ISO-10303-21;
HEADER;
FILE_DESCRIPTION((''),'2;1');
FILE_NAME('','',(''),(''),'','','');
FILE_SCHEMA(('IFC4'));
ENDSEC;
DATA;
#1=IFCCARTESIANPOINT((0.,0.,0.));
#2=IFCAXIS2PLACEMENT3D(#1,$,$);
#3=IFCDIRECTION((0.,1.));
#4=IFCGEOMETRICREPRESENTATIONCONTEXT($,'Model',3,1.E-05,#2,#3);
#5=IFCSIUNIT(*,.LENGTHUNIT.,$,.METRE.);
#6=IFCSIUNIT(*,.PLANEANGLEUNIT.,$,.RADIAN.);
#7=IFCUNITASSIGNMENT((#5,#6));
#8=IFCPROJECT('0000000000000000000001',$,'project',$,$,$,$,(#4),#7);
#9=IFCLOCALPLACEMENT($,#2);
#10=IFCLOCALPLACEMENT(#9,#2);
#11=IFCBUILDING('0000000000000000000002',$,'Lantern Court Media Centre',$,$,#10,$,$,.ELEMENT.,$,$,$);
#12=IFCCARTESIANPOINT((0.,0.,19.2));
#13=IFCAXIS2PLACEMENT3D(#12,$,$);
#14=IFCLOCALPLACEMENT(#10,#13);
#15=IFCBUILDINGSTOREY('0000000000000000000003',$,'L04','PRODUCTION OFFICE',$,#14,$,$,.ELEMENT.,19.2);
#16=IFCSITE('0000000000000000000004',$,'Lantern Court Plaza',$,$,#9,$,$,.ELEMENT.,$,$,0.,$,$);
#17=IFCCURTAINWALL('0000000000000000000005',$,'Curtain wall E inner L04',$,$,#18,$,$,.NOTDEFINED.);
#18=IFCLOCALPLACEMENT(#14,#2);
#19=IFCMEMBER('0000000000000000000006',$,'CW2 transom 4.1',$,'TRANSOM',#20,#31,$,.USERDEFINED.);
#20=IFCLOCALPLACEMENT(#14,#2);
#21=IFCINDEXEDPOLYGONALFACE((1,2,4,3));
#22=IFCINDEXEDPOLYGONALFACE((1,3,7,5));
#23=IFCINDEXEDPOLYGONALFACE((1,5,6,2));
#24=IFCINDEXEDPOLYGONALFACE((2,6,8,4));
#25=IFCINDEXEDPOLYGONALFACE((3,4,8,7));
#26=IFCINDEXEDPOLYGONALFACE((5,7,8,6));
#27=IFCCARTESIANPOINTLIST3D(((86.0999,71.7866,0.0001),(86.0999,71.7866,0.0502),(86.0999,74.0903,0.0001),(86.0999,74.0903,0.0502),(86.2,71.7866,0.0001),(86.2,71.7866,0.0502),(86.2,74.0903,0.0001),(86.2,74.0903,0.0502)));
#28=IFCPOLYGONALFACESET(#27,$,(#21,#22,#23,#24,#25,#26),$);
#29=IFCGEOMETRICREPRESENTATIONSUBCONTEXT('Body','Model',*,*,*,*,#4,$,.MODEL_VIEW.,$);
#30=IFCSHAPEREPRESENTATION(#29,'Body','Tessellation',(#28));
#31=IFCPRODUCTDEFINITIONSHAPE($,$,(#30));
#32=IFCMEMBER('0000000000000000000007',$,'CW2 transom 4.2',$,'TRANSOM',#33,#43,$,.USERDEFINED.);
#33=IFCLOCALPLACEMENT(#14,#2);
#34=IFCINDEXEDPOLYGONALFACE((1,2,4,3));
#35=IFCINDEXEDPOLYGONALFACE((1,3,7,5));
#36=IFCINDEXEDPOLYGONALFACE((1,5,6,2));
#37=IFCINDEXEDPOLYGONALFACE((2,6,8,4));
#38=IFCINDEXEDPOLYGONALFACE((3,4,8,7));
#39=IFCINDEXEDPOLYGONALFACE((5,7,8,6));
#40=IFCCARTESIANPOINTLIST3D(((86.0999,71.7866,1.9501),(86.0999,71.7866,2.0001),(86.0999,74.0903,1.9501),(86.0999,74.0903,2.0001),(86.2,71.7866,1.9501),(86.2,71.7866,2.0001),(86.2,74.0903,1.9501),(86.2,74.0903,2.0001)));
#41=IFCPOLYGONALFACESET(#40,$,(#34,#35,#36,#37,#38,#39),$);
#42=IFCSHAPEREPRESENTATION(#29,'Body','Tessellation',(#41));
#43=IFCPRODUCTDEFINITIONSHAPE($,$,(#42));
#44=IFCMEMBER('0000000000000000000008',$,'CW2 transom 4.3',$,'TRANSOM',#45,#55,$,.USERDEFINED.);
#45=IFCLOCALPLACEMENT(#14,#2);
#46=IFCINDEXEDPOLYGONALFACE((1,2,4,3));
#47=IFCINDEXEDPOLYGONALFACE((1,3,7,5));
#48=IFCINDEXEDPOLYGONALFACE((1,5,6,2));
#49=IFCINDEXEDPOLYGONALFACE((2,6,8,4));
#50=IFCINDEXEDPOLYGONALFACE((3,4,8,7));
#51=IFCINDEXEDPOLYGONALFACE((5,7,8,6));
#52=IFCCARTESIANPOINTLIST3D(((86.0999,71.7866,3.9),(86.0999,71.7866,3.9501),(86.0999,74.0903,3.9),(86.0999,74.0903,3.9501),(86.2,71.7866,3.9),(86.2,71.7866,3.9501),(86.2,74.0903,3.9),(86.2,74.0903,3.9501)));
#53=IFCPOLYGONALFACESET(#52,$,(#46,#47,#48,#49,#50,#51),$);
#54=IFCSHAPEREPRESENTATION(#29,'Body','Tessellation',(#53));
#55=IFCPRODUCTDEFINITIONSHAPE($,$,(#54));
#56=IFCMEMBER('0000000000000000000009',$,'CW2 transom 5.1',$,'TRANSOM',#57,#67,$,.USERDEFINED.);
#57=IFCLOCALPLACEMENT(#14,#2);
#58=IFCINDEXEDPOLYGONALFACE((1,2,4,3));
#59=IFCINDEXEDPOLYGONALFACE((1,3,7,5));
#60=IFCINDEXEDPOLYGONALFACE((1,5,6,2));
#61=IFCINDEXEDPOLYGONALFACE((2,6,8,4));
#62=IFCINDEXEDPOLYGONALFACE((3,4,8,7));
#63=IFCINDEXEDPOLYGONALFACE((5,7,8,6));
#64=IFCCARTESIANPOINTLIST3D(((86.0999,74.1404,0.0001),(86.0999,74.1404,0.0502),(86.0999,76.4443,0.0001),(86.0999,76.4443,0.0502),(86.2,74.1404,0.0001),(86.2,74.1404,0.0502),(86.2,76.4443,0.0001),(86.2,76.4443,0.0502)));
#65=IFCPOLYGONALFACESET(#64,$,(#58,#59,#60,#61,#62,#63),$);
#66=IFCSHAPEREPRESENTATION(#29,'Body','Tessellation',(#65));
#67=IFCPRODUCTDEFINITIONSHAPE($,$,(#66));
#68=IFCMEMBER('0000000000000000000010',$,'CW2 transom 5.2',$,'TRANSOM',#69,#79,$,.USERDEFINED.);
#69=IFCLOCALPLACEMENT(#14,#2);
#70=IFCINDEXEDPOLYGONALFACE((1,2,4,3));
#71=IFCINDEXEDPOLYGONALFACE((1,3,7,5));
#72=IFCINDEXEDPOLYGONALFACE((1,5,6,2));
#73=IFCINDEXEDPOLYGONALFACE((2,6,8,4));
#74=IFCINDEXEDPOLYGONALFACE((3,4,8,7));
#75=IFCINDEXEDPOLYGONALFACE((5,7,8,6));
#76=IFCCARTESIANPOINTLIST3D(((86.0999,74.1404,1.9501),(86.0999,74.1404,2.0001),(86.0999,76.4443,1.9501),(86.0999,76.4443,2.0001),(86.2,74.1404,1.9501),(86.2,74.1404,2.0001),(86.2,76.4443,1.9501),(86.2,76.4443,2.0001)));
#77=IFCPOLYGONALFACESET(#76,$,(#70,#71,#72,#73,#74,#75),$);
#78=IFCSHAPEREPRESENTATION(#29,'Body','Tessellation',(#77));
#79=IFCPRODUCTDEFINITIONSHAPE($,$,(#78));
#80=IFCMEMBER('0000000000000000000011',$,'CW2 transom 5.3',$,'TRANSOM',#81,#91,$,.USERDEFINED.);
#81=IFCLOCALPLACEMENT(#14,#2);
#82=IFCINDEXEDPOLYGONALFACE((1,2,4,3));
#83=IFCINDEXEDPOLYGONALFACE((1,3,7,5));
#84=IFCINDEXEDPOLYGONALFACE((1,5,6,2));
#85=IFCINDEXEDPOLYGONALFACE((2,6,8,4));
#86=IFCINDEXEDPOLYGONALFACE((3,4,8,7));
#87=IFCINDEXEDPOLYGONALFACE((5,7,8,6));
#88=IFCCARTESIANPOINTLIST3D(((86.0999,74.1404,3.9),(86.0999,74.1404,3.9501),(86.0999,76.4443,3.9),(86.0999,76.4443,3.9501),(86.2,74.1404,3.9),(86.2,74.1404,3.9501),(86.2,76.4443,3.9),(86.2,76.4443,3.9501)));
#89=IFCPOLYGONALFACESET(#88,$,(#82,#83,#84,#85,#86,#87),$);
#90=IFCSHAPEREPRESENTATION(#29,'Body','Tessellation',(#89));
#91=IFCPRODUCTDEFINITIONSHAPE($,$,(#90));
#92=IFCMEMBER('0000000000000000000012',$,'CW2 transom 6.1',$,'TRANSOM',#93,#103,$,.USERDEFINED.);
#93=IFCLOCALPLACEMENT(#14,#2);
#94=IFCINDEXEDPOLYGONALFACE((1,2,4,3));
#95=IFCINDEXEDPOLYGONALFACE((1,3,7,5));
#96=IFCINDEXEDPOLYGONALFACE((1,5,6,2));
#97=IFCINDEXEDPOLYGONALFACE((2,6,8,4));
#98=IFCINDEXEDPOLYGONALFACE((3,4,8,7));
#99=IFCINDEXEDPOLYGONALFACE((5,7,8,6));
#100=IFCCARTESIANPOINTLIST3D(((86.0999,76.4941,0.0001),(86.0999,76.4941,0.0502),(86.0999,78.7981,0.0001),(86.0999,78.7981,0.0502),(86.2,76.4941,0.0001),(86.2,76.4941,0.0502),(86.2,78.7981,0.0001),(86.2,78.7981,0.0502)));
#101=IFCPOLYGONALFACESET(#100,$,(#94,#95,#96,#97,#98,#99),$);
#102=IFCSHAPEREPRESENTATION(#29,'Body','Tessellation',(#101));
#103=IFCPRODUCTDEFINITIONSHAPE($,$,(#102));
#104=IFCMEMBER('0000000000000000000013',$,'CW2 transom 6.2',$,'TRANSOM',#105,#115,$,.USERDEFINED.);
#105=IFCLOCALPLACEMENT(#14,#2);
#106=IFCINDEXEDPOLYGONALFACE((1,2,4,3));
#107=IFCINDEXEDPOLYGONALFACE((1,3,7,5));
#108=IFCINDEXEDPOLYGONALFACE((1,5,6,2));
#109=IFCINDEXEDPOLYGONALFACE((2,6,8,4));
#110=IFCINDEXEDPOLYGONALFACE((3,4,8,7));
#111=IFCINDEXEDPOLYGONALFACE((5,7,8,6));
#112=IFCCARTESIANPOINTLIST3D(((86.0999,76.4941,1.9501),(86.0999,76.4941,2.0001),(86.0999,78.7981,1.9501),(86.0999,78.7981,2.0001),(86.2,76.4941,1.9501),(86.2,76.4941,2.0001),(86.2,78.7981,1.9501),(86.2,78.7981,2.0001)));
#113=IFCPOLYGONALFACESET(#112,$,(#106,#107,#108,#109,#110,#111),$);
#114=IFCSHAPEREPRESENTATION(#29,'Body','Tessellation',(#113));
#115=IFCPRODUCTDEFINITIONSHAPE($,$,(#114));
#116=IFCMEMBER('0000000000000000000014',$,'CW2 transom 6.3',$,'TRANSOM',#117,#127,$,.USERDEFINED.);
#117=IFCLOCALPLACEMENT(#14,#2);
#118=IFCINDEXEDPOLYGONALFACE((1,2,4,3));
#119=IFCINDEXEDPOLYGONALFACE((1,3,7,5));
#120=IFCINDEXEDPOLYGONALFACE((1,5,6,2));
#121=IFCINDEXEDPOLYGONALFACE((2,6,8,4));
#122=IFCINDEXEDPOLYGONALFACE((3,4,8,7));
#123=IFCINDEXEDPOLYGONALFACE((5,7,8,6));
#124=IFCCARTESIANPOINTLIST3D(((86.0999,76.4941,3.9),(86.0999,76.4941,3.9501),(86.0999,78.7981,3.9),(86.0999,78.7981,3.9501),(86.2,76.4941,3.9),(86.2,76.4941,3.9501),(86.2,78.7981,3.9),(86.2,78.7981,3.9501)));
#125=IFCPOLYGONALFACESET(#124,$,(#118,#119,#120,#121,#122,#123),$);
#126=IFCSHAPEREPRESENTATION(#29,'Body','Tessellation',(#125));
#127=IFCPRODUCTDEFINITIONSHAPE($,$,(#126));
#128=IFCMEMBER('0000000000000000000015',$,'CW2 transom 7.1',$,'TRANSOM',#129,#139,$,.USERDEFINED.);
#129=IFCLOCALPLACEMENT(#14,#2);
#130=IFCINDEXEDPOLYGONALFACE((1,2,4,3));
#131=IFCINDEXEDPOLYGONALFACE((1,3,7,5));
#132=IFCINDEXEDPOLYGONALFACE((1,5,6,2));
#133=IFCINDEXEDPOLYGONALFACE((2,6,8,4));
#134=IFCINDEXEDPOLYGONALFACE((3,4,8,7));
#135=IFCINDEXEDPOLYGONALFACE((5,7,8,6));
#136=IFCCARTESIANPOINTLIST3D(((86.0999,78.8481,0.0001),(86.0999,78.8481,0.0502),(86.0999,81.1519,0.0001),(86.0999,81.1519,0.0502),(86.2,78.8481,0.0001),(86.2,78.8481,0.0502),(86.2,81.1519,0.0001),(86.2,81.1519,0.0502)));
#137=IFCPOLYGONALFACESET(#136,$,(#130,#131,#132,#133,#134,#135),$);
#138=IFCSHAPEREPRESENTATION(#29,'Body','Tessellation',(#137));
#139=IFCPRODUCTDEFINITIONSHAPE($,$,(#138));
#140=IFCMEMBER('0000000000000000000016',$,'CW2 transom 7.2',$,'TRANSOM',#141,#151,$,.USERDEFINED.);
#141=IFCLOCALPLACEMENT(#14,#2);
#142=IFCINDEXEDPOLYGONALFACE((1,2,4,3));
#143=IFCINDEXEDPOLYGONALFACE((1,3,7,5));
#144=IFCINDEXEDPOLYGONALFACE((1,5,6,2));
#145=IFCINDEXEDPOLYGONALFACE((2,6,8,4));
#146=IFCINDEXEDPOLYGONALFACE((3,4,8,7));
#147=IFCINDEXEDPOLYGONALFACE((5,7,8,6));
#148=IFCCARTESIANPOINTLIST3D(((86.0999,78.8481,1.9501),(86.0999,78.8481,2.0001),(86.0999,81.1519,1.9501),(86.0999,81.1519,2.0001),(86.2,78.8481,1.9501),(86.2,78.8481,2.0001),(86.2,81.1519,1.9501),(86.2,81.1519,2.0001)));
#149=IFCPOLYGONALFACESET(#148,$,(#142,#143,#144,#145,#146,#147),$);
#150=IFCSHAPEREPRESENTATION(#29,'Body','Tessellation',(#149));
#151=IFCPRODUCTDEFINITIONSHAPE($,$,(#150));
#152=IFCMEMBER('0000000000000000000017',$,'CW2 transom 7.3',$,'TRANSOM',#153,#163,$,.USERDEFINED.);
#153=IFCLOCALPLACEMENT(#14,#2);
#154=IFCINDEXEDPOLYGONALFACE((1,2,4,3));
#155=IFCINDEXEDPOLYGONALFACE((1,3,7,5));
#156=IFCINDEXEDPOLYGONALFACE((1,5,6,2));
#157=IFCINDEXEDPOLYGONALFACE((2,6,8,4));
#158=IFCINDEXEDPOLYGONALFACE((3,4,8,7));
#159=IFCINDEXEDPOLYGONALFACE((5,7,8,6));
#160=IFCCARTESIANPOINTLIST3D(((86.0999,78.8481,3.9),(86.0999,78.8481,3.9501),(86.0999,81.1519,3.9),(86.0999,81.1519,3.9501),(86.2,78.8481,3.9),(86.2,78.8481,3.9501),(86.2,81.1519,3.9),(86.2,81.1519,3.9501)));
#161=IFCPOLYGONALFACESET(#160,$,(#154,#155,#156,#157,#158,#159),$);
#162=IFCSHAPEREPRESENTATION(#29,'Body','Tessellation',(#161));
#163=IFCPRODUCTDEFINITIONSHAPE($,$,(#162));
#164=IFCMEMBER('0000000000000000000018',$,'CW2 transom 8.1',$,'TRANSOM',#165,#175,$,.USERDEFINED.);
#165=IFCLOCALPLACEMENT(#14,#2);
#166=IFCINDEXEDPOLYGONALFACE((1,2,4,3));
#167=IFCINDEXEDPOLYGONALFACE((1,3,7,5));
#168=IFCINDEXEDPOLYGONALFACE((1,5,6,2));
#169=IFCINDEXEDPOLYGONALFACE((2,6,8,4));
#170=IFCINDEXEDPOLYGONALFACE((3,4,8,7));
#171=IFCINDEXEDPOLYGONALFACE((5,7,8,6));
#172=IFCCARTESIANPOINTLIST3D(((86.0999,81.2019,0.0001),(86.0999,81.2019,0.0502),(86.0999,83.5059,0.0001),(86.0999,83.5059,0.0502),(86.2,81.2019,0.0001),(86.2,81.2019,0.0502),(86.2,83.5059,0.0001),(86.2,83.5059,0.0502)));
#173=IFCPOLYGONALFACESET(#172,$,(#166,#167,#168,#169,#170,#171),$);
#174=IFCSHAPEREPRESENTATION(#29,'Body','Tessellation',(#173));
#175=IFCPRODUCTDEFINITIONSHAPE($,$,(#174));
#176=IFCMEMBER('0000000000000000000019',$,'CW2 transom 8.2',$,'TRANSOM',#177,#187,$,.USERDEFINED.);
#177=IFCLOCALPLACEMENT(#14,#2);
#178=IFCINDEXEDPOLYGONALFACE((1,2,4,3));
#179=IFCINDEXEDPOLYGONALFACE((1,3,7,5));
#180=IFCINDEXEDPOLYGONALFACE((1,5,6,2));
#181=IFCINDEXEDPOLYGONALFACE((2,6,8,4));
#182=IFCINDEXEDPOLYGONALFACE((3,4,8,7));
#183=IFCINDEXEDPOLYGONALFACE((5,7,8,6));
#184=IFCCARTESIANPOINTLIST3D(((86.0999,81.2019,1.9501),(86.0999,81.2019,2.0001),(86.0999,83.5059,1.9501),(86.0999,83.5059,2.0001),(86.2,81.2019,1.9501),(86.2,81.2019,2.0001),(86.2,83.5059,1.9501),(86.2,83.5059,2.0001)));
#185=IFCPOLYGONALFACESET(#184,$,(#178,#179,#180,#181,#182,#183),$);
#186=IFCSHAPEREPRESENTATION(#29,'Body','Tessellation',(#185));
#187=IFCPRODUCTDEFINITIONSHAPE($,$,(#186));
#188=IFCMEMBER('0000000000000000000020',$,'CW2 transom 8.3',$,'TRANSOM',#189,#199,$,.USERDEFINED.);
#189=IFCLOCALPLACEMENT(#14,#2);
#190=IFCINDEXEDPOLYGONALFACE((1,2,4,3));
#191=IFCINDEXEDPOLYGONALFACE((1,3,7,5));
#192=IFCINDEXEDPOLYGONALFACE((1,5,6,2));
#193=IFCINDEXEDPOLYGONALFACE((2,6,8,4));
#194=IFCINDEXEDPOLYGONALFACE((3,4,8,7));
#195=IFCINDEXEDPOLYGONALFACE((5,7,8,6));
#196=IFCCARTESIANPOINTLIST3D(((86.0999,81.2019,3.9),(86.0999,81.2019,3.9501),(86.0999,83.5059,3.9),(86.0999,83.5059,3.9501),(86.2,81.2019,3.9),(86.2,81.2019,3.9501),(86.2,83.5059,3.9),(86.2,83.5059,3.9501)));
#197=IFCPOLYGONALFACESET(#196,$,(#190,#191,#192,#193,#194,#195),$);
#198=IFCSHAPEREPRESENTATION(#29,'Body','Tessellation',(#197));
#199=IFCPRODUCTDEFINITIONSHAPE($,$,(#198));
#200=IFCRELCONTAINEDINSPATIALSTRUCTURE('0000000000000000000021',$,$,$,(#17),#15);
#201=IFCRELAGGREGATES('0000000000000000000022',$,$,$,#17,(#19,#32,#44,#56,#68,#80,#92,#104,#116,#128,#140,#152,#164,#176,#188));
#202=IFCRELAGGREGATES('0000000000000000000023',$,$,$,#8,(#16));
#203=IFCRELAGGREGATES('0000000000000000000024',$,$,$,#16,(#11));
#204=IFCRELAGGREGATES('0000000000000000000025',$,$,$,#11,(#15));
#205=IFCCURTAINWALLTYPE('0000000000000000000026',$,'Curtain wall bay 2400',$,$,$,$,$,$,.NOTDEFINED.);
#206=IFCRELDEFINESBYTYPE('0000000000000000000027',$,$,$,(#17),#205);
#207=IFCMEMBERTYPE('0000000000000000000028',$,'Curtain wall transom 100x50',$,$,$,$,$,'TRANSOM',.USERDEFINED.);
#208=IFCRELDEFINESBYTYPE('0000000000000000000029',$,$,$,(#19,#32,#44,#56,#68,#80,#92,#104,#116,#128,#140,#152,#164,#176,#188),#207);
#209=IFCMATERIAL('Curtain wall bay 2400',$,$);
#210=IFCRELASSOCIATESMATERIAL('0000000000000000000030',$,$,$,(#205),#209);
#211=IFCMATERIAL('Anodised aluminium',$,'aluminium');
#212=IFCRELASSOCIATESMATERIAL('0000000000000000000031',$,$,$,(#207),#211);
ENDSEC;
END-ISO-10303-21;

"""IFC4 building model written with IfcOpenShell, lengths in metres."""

from ifc_helpers import new_model, si_unit, direction, frame, origin, origin_2d, place, context, subcontext, project, spatial, rectangle, extrude, material, material_profile, profile_set, type_object, element, aggregate, save


model = new_model("IFC4")

# Units and contexts
model_context = context("Model", 3, precision=1e-05, world=origin(), true_north=direction((0.0, 1.0)))
body_context = subcontext(model_context, "Body", "Model", "MODEL_VIEW")
ifc_project = project(units=[si_unit("LENGTHUNIT", "METRE"), si_unit("PLANEANGLEUNIT", "RADIAN")], contexts=[model_context])

# Site, building, storey
site_placement = place(None, origin())
site = spatial("IfcSite", under=ifc_project, at=site_placement, Name="Lantern Court Plaza", CompositionType="ELEMENT", RefElevation=0.0)
building_placement = place(site_placement, origin())
building = spatial("IfcBuilding", under=site, at=building_placement, Name="Lantern Court Media Centre", CompositionType="ELEMENT")
storey_placement = place(building_placement, frame((0.0, 0.0, 19.2)))
storey = spatial("IfcBuildingStorey", under=building, at=storey_placement, Name="L04", Description="PRODUCTION OFFICE", CompositionType="ELEMENT", Elevation=19.2)

# Curtain wall, members
ifc_material_1 = material(Name="Curtain wall bay 2400")
curtain_wall_type = type_object("IfcCurtainWallType", Name="Curtain wall bay 2400", PredefinedType="NOTDEFINED", material=ifc_material_1)
curtain_wall_placement = place(storey_placement, origin())
curtain_wall = element("IfcCurtainWall", 1, at=curtain_wall_placement, inside=storey, type_object=curtain_wall_type, Name="Curtain wall E inner L04", PredefinedType="NOTDEFINED")
ifc_material_2 = material(Name="Anodised aluminium", Category="aluminium")
ifc_material_profile_1 = material_profile(ifc_material_2, rectangle(XDim=0.1001, YDim=0.05, at=origin_2d()), Name="AL 50x100")
ifc_profile_set_1 = profile_set([ifc_material_profile_1], Name="Anodised aluminium")
member_type = type_object("IfcMemberType", Name="Curtain wall transom 100x50", ElementType="TRANSOM", PredefinedType="USERDEFINED", material=ifc_profile_set_1)
member_1_placement = place(storey_placement, frame((86.1499, 71.7866, 0.0251), z_axis=(0.0, 1.0, 0.0), x_axis=(-1.0, 0.0, 0.0)))
member_1 = element("IfcMember", 2, at=member_1_placement, type_object=member_type, Name="CW2 transom 4.1", ObjectType="TRANSOM", PredefinedType="USERDEFINED", context=body_context, shape_type="SweptSolid", body=[
    extrude(rectangle(XDim=0.1001, YDim=0.05, at=origin_2d()), origin(), (0.0, 0.0, 1.0), 2.3037),
])
member_2_placement = place(storey_placement, frame((86.1499, 71.7866, 1.9751), z_axis=(0.0, 1.0, 0.0), x_axis=(-1.0, 0.0, 0.0)))
member_2 = element("IfcMember", 3, at=member_2_placement, type_object=member_type, Name="CW2 transom 4.2", ObjectType="TRANSOM", PredefinedType="USERDEFINED", context=body_context, shape_type="SweptSolid", body=[
    extrude(rectangle(XDim=0.1001, YDim=0.05, at=origin_2d()), origin(), (0.0, 0.0, 1.0), 2.3037),
])
member_3_placement = place(storey_placement, frame((86.1499, 71.7866, 3.925), z_axis=(0.0, 1.0, 0.0), x_axis=(-1.0, 0.0, 0.0)))
member_3 = element("IfcMember", 4, at=member_3_placement, type_object=member_type, Name="CW2 transom 4.3", ObjectType="TRANSOM", PredefinedType="USERDEFINED", context=body_context, shape_type="SweptSolid", body=[
    extrude(rectangle(XDim=0.1001, YDim=0.05, at=origin_2d()), origin(), (0.0, 0.0, 1.0), 2.3037),
])
member_4_placement = place(storey_placement, frame((86.1499, 74.1404, 0.0251), z_axis=(0.0, 1.0, 0.0), x_axis=(-1.0, 0.0, 0.0)))
member_4 = element("IfcMember", 5, at=member_4_placement, type_object=member_type, Name="CW2 transom 5.1", ObjectType="TRANSOM", PredefinedType="USERDEFINED", context=body_context, shape_type="SweptSolid", body=[
    extrude(rectangle(XDim=0.1001, YDim=0.05, at=origin_2d()), origin(), (0.0, 0.0, 1.0), 2.304),
])
member_5_placement = place(storey_placement, frame((86.1499, 74.1404, 1.9751), z_axis=(0.0, 1.0, 0.0), x_axis=(-1.0, 0.0, 0.0)))
member_5 = element("IfcMember", 6, at=member_5_placement, type_object=member_type, Name="CW2 transom 5.2", ObjectType="TRANSOM", PredefinedType="USERDEFINED", context=body_context, shape_type="SweptSolid", body=[
    extrude(rectangle(XDim=0.1001, YDim=0.05, at=origin_2d()), origin(), (0.0, 0.0, 1.0), 2.304),
])
member_6_placement = place(storey_placement, frame((86.1499, 74.1404, 3.925), z_axis=(0.0, 1.0, 0.0), x_axis=(-1.0, 0.0, 0.0)))
member_6 = element("IfcMember", 7, at=member_6_placement, type_object=member_type, Name="CW2 transom 5.3", ObjectType="TRANSOM", PredefinedType="USERDEFINED", context=body_context, shape_type="SweptSolid", body=[
    extrude(rectangle(XDim=0.1001, YDim=0.05, at=origin_2d()), origin(), (0.0, 0.0, 1.0), 2.304),
])
member_7_placement = place(storey_placement, frame((86.1499, 76.4941, 0.0251), z_axis=(0.0, 1.0, 0.0), x_axis=(-1.0, 0.0, 0.0)))
member_7 = element("IfcMember", 8, at=member_7_placement, type_object=member_type, Name="CW2 transom 6.1", ObjectType="TRANSOM", PredefinedType="USERDEFINED", context=body_context, shape_type="SweptSolid", body=[
    extrude(rectangle(XDim=0.1001, YDim=0.05, at=origin_2d()), origin(), (0.0, 0.0, 1.0), 2.304),
])
member_8_placement = place(storey_placement, frame((86.1499, 76.4941, 1.9751), z_axis=(0.0, 1.0, 0.0), x_axis=(-1.0, 0.0, 0.0)))
member_8 = element("IfcMember", 9, at=member_8_placement, type_object=member_type, Name="CW2 transom 6.2", ObjectType="TRANSOM", PredefinedType="USERDEFINED", context=body_context, shape_type="SweptSolid", body=[
    extrude(rectangle(XDim=0.1001, YDim=0.05, at=origin_2d()), origin(), (0.0, 0.0, 1.0), 2.304),
])
member_9_placement = place(storey_placement, frame((86.1499, 76.4941, 3.925), z_axis=(0.0, 1.0, 0.0), x_axis=(-1.0, 0.0, 0.0)))
member_9 = element("IfcMember", 10, at=member_9_placement, type_object=member_type, Name="CW2 transom 6.3", ObjectType="TRANSOM", PredefinedType="USERDEFINED", context=body_context, shape_type="SweptSolid", body=[
    extrude(rectangle(XDim=0.1001, YDim=0.05, at=origin_2d()), origin(), (0.0, 0.0, 1.0), 2.304),
])
member_10_placement = place(storey_placement, frame((86.1499, 78.8481, 0.0251), z_axis=(0.0, 1.0, 0.0), x_axis=(-1.0, 0.0, 0.0)))
member_10 = element("IfcMember", 11, at=member_10_placement, type_object=member_type, Name="CW2 transom 7.1", ObjectType="TRANSOM", PredefinedType="USERDEFINED", context=body_context, shape_type="SweptSolid", body=[
    extrude(rectangle(XDim=0.1001, YDim=0.05, at=origin_2d()), origin(), (0.0, 0.0, 1.0), 2.3037),
])
member_11_placement = place(storey_placement, frame((86.1499, 78.8481, 1.9751), z_axis=(0.0, 1.0, 0.0), x_axis=(-1.0, 0.0, 0.0)))
member_11 = element("IfcMember", 12, at=member_11_placement, type_object=member_type, Name="CW2 transom 7.2", ObjectType="TRANSOM", PredefinedType="USERDEFINED", context=body_context, shape_type="SweptSolid", body=[
    extrude(rectangle(XDim=0.1001, YDim=0.05, at=origin_2d()), origin(), (0.0, 0.0, 1.0), 2.3037),
])
member_12_placement = place(storey_placement, frame((86.1499, 78.8481, 3.925), z_axis=(0.0, 1.0, 0.0), x_axis=(-1.0, 0.0, 0.0)))
member_12 = element("IfcMember", 13, at=member_12_placement, type_object=member_type, Name="CW2 transom 7.3", ObjectType="TRANSOM", PredefinedType="USERDEFINED", context=body_context, shape_type="SweptSolid", body=[
    extrude(rectangle(XDim=0.1001, YDim=0.05, at=origin_2d()), origin(), (0.0, 0.0, 1.0), 2.3037),
])
member_13_placement = place(storey_placement, frame((86.1499, 81.2019, 0.0251), z_axis=(0.0, 1.0, 0.0), x_axis=(-1.0, 0.0, 0.0)))
member_13 = element("IfcMember", 14, at=member_13_placement, type_object=member_type, Name="CW2 transom 8.1", ObjectType="TRANSOM", PredefinedType="USERDEFINED", context=body_context, shape_type="SweptSolid", body=[
    extrude(rectangle(XDim=0.1001, YDim=0.05, at=origin_2d()), origin(), (0.0, 0.0, 1.0), 2.304),
])
member_14_placement = place(storey_placement, frame((86.1499, 81.2019, 1.9751), z_axis=(0.0, 1.0, 0.0), x_axis=(-1.0, 0.0, 0.0)))
member_14 = element("IfcMember", 15, at=member_14_placement, type_object=member_type, Name="CW2 transom 8.2", ObjectType="TRANSOM", PredefinedType="USERDEFINED", context=body_context, shape_type="SweptSolid", body=[
    extrude(rectangle(XDim=0.1001, YDim=0.05, at=origin_2d()), origin(), (0.0, 0.0, 1.0), 2.304),
])
member_15_placement = place(storey_placement, frame((86.1499, 81.2019, 3.925), z_axis=(0.0, 1.0, 0.0), x_axis=(-1.0, 0.0, 0.0)))
member_15 = element("IfcMember", 16, at=member_15_placement, type_object=member_type, Name="CW2 transom 8.3", ObjectType="TRANSOM", PredefinedType="USERDEFINED", context=body_context, shape_type="SweptSolid", body=[
    extrude(rectangle(XDim=0.1001, YDim=0.05, at=origin_2d()), origin(), (0.0, 0.0, 1.0), 2.304),
])

aggregate(curtain_wall, [member_1, member_2, member_3, member_4, member_5, member_6, member_7, member_8, member_9, member_10, member_11, member_12, member_13, member_14, member_15])

save(model, "model.ifc")
